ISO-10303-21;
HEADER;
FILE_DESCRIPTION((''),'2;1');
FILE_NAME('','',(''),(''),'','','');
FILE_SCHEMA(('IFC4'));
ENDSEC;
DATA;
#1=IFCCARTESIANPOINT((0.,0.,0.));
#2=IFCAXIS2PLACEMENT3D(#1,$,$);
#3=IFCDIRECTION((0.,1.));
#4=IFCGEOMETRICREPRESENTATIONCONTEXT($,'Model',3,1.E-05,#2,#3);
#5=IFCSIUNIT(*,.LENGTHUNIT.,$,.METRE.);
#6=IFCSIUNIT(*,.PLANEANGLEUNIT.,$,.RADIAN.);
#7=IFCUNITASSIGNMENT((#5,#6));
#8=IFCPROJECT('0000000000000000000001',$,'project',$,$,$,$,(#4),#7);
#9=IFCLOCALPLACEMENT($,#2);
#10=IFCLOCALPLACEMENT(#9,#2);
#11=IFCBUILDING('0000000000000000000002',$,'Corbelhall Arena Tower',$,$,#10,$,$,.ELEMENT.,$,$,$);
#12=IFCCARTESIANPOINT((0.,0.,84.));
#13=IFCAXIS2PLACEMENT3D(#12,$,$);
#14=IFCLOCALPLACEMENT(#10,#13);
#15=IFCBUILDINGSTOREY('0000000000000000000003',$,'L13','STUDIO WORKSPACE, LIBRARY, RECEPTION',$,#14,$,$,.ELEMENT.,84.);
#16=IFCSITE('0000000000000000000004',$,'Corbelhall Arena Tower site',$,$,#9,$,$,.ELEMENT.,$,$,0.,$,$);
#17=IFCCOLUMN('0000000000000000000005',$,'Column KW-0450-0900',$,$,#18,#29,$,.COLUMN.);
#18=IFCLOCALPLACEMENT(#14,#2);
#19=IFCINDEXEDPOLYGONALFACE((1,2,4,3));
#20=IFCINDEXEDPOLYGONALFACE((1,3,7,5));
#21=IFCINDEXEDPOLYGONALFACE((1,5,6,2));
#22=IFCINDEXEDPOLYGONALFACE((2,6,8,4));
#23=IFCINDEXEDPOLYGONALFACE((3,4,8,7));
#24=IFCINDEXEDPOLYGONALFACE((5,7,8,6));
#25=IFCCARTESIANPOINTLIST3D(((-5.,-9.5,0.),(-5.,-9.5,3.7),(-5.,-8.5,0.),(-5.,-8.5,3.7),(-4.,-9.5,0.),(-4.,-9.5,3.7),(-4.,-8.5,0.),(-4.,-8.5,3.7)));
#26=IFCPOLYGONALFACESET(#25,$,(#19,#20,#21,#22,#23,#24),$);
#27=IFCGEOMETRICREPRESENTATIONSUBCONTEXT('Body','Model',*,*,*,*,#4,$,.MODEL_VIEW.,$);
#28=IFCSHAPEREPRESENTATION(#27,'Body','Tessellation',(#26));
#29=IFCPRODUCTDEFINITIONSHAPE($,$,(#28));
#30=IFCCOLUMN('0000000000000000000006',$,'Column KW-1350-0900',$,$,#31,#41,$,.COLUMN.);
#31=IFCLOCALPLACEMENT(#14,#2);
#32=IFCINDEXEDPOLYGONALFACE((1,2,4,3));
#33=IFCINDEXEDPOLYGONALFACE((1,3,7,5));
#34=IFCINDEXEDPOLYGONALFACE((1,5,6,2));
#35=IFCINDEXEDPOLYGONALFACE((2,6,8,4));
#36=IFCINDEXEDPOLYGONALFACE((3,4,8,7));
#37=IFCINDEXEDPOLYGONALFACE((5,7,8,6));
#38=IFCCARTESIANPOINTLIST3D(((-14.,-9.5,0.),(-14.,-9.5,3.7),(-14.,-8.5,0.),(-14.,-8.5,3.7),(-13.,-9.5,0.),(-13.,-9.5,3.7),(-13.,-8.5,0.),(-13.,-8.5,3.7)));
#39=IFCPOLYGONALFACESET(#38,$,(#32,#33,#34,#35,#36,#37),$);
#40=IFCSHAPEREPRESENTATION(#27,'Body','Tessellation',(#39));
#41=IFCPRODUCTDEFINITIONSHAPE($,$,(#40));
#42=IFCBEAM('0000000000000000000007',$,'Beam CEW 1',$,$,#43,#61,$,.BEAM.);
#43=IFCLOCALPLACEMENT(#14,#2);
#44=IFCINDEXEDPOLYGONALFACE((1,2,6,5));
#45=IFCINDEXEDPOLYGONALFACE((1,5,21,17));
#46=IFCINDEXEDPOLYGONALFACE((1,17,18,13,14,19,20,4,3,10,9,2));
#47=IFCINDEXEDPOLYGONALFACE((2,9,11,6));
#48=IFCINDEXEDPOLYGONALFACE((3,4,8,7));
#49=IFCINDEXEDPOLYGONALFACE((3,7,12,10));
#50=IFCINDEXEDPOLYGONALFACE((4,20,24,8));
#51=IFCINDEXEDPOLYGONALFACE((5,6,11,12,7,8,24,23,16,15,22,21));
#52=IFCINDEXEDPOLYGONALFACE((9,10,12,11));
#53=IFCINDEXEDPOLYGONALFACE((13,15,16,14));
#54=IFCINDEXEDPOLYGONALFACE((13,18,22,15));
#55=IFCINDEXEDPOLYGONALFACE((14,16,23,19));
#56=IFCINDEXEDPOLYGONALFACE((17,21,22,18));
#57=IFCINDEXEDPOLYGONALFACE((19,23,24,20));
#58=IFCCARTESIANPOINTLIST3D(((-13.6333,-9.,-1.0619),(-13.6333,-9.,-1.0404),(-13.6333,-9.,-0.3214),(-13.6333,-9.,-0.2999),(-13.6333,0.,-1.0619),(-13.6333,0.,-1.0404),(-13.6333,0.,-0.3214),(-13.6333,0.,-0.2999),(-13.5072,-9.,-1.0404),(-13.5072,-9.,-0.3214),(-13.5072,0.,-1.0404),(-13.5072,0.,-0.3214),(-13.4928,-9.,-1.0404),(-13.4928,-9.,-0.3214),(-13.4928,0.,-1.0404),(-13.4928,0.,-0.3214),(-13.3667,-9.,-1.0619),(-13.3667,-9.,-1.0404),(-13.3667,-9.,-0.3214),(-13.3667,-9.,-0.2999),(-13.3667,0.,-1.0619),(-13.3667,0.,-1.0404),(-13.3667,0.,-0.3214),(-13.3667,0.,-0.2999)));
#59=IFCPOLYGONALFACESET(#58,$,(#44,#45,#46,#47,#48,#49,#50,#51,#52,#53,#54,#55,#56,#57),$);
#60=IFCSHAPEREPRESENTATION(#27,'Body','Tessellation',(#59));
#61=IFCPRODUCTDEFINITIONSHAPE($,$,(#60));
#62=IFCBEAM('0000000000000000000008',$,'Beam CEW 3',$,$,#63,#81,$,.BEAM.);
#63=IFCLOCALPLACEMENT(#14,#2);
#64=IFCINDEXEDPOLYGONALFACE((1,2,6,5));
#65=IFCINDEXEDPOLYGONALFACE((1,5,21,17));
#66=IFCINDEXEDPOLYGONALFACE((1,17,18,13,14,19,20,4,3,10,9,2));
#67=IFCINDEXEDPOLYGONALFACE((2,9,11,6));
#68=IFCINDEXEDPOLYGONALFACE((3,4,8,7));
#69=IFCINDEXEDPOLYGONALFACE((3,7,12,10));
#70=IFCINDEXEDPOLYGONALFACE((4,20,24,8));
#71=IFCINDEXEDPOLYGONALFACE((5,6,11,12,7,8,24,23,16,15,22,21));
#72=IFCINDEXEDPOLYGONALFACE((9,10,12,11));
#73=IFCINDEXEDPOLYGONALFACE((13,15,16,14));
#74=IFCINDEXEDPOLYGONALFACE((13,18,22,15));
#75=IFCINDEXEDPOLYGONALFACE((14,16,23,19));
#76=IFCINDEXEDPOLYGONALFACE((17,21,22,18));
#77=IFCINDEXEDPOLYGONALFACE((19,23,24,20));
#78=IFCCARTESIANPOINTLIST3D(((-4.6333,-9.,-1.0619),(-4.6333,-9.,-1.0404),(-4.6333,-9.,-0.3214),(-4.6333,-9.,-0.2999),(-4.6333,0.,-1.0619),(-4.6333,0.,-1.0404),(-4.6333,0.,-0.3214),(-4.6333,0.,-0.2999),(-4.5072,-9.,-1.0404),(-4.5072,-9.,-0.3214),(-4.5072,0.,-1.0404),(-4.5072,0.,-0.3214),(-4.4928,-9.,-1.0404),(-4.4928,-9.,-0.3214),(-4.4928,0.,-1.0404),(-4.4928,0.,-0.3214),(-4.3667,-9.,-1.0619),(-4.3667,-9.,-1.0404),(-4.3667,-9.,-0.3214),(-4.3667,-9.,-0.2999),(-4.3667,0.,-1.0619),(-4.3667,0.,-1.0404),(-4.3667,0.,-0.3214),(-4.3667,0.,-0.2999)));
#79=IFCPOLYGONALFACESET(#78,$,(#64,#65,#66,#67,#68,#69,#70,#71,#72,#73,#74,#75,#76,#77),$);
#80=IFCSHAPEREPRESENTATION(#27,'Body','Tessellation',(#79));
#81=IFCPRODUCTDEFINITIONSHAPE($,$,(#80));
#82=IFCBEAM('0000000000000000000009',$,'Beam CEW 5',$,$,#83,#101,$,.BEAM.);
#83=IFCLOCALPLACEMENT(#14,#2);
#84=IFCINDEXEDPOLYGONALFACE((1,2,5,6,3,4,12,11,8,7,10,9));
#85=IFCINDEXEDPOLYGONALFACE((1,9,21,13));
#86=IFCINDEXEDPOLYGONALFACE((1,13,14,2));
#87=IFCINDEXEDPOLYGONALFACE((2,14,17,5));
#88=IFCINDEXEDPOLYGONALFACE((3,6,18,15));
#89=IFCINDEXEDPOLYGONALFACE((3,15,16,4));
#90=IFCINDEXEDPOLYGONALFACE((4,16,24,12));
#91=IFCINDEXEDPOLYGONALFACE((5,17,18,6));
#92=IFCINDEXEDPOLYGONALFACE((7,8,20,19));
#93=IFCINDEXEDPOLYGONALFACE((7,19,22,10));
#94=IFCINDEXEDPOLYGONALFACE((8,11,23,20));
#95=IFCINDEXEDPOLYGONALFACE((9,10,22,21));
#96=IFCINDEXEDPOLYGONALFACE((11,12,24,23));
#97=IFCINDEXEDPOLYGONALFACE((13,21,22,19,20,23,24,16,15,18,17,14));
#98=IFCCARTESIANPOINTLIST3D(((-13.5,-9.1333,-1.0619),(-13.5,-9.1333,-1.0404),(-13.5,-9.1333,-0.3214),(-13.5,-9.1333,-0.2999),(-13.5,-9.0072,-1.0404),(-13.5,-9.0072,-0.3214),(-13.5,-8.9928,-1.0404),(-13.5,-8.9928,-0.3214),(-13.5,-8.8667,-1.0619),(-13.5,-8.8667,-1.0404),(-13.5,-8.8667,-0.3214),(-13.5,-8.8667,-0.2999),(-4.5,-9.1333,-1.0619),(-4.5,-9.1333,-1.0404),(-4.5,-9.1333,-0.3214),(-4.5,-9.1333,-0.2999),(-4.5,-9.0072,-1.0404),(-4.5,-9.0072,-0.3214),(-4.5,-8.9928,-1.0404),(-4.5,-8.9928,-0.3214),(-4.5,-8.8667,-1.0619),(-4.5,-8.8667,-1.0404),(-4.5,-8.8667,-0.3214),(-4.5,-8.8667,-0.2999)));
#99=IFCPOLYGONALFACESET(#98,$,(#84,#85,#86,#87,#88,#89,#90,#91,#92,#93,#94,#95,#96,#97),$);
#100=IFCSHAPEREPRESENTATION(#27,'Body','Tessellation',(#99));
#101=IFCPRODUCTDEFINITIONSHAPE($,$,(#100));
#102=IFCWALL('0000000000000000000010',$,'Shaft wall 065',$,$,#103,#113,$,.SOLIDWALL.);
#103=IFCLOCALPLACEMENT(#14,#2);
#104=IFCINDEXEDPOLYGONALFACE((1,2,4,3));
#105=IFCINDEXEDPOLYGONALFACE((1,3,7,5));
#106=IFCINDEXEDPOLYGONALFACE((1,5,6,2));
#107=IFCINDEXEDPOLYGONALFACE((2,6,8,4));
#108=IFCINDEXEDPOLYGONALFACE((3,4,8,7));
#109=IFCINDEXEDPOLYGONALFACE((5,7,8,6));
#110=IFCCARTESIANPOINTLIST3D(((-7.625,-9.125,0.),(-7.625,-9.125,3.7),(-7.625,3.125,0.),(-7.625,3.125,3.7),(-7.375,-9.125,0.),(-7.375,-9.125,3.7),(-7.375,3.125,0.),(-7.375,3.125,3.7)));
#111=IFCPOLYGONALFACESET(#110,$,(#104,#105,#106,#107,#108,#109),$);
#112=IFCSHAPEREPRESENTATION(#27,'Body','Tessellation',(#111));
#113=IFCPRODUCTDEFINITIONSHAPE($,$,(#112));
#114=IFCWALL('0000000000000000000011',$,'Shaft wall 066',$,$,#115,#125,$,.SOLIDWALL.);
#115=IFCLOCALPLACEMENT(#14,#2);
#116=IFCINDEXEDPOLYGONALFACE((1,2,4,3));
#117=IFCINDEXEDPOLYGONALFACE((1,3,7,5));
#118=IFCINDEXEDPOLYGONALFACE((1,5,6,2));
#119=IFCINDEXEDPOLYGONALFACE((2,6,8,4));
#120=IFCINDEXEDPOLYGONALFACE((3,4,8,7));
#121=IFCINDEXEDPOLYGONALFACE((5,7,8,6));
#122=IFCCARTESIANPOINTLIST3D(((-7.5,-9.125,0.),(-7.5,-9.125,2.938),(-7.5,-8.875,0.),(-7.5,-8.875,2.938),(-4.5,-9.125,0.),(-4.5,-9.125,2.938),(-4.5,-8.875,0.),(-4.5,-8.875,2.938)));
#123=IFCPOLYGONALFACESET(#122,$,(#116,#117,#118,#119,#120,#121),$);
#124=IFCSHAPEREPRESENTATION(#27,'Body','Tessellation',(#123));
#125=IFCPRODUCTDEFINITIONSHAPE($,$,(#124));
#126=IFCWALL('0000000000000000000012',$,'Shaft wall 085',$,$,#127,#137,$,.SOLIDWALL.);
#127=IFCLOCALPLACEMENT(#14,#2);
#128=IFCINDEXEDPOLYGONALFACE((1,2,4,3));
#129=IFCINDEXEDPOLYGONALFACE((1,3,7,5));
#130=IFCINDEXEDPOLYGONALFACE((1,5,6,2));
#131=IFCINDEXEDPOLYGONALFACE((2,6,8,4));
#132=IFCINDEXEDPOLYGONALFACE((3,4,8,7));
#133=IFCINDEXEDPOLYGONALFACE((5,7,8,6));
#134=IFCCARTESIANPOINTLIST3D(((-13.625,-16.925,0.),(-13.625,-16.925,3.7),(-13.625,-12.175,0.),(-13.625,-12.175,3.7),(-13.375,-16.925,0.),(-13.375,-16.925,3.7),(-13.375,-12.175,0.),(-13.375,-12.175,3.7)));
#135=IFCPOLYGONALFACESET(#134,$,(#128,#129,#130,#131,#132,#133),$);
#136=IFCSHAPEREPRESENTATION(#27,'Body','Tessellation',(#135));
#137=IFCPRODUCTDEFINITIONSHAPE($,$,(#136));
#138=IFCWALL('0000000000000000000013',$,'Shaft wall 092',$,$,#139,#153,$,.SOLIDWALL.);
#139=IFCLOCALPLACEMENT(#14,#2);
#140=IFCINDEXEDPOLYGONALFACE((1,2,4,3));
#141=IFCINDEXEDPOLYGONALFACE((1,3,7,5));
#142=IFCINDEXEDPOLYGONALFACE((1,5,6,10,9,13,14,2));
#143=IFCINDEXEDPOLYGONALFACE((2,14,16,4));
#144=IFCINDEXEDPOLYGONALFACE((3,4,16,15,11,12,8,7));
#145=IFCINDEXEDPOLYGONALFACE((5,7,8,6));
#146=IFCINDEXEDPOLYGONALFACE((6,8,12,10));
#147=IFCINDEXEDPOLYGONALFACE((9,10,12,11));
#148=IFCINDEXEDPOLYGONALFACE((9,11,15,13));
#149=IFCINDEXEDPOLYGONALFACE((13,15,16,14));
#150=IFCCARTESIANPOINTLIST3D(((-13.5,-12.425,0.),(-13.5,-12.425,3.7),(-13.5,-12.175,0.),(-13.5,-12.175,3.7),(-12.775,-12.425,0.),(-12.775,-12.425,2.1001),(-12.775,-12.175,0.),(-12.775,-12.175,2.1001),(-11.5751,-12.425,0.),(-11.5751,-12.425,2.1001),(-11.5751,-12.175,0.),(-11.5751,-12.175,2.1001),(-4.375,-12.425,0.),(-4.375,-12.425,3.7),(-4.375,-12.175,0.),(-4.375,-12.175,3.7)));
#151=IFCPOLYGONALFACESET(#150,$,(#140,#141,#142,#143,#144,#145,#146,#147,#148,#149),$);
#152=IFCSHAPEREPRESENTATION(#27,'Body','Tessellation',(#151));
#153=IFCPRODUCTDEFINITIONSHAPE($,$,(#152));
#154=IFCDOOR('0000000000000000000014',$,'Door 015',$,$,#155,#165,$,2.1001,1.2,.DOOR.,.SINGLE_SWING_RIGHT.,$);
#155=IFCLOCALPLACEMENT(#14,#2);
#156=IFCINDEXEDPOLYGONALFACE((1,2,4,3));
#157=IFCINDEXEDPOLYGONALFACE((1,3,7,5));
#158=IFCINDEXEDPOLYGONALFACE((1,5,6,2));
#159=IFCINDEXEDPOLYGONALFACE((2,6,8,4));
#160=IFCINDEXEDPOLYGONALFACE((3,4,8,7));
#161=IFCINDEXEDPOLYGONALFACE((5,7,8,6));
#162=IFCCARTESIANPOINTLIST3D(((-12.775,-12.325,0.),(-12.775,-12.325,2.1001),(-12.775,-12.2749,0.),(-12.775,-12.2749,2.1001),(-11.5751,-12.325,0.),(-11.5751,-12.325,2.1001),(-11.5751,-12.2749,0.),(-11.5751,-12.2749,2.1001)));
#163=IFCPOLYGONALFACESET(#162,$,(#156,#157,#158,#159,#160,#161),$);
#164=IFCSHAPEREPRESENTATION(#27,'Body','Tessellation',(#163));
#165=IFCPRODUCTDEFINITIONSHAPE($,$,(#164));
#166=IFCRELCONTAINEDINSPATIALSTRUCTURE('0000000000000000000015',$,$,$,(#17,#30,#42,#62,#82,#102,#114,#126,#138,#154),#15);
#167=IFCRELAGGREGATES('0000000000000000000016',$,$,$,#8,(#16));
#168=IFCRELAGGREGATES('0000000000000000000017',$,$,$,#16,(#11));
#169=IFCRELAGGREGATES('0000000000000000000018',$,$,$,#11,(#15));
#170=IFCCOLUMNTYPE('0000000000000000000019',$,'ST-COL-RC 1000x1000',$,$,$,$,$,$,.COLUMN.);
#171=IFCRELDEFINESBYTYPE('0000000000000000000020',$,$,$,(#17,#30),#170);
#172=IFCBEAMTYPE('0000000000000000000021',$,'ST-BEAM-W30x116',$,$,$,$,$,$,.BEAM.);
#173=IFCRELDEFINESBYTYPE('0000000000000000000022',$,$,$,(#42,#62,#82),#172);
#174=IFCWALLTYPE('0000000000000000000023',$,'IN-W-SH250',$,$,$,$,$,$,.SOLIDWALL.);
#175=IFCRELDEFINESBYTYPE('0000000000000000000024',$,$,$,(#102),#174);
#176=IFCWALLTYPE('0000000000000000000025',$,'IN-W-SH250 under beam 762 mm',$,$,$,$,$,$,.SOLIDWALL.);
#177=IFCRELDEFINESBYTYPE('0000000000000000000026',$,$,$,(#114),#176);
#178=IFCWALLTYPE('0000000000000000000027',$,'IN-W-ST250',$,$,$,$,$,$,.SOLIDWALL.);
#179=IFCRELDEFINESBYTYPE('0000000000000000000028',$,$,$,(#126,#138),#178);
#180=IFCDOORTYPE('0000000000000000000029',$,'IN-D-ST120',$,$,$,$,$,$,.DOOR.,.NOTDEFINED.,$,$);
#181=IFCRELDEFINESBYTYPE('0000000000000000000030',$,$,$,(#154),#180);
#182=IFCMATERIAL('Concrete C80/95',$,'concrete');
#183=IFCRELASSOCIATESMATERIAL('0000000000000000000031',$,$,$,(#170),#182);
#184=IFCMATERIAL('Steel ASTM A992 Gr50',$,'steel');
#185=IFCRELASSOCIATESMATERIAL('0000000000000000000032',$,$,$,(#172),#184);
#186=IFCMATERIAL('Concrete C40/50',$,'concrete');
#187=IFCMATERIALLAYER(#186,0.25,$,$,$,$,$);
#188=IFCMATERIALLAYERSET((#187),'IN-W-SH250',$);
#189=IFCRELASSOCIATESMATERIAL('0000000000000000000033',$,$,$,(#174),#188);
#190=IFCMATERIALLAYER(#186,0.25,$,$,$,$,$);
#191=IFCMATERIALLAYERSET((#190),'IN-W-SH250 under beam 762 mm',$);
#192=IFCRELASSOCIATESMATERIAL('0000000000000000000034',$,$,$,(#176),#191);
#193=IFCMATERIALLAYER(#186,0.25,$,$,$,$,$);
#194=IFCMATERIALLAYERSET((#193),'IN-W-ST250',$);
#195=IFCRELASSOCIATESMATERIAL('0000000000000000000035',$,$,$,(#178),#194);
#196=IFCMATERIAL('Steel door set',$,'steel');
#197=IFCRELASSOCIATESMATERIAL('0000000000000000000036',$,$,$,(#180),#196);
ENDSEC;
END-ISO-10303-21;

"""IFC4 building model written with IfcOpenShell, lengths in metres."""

from ifc_helpers import new_model, si_unit, direction, frame, frame_2d, origin, origin_2d, place, context, subcontext, project, spatial, rectangle, i_section, extrude, material, layer, layer_set, material_profile, profile_set, type_object, element, fill, save


model = new_model("IFC4")

# Units and contexts
model_context = context("Model", 3, precision=1e-05, world=origin(), true_north=direction((0.0, 1.0)))
body_context = subcontext(model_context, "Body", "Model", "MODEL_VIEW")
ifc_project = project(units=[si_unit("LENGTHUNIT", "METRE"), si_unit("PLANEANGLEUNIT", "RADIAN")], contexts=[model_context])

# Site, building, storey
site_placement = place(None, origin())
site = spatial("IfcSite", under=ifc_project, at=site_placement, Name="Corbelhall Arena Tower site", CompositionType="ELEMENT", RefElevation=0.0)
building_placement = place(site_placement, origin())
building = spatial("IfcBuilding", under=site, at=building_placement, Name="Corbelhall Arena Tower", CompositionType="ELEMENT")
storey_placement = place(building_placement, frame((0.0, 0.0, 84.0)))
storey = spatial("IfcBuildingStorey", under=building, at=storey_placement, Name="L13", Description="STUDIO WORKSPACE, LIBRARY, RECEPTION", CompositionType="ELEMENT", Elevation=84.0)

# Columns
ifc_material_1 = material(Name="Concrete C80/95", Category="concrete")
ifc_material_profile_1 = material_profile(ifc_material_1, rectangle(XDim=1.0, YDim=1.0, at=origin_2d()))
ifc_profile_set_1 = profile_set([ifc_material_profile_1], Name="Concrete C80/95")
column_type = type_object("IfcColumnType", Name="ST-COL-RC 1000x1000", PredefinedType="COLUMN", material=ifc_profile_set_1)
for number, where, z_axis, x_axis, name in (
    (1, (-4.5, -9.0, 0.0), (0.0, 0.0, 1.0), (1.0, 0.0, 0.0), "Column KW-0450-0900"),
    (2, (-13.5, -9.0, 0.0), (0.0, 0.0, 1.0), (1.0, 0.0, 0.0), "Column KW-1350-0900"),
):
    element("IfcColumn", number, at=place(storey_placement, frame(where, z_axis=z_axis, x_axis=x_axis)), inside=storey, type_object=column_type, Name=name, PredefinedType="COLUMN", context=body_context, shape_type="SweptSolid", body=[
        extrude(rectangle(XDim=1.0, YDim=1.0, at=origin_2d()), origin(), (0.0, 0.0, 1.0), 3.7),
    ])

# Beams
ifc_material_2 = material(Name="Steel ASTM A992 Gr50", Category="steel")
ifc_material_profile_2 = material_profile(ifc_material_2, i_section(OverallWidth=0.2666, OverallDepth=0.762, WebThickness=0.0144, FlangeThickness=0.0215, at=origin_2d()))
ifc_profile_set_2 = profile_set([ifc_material_profile_2], Name="Steel ASTM A992 Gr50")
beam_type = type_object("IfcBeamType", Name="ST-BEAM-W30x116", PredefinedType="BEAM", material=ifc_profile_set_2)
for number, where, z_axis, x_axis, name in (
    (3, (-13.5, -9.0, -0.6809), (0.0, 1.0, 0.0), (-1.0, 0.0, 0.0), "Beam CEW 1"),
    (4, (-4.5, -9.0, -0.6809), (0.0, 1.0, 0.0), (-1.0, 0.0, 0.0), "Beam CEW 3"),
    (5, (-13.5, -9.0, -0.6809), (1.0, 0.0, 0.0), (0.0, 1.0, 0.0), "Beam CEW 5"),
):
    element("IfcBeam", number, at=place(storey_placement, frame(where, z_axis=z_axis, x_axis=x_axis)), inside=storey, type_object=beam_type, Name=name, PredefinedType="BEAM", context=body_context, shape_type="SweptSolid", body=[
        extrude(i_section(OverallWidth=0.2666, OverallDepth=0.762, WebThickness=0.0144, FlangeThickness=0.0215, at=origin_2d()), origin(), (0.0, 0.0, 1.0), 9.0),
    ])

# Shared definitions
ifc_material_3 = material(Name="Steel door set", Category="steel")

# Walls
ifc_material_4 = material(Name="Concrete C40/50", Category="concrete")
ifc_layer_1 = layer(ifc_material_4, 0.25)
ifc_layer_set_1 = layer_set([ifc_layer_1], Name="IN-W-SH250")
wall_type_1 = type_object("IfcWallType", Name="IN-W-SH250", PredefinedType="SOLIDWALL", material=ifc_layer_set_1)
wall_1_placement = place(storey_placement, frame((-7.5, -9.125, 0.0), z_axis=(0.0, 0.0, 1.0), x_axis=(0.0, 1.0, 0.0)))
element("IfcWall", 6, at=wall_1_placement, inside=storey, type_object=wall_type_1, Name="Shaft wall 065", PredefinedType="SOLIDWALL", context=body_context, shape_type="SweptSolid", body=[
    extrude(rectangle(XDim=12.25, YDim=0.25, at=frame_2d((6.125, 0.0))), origin(), (0.0, 0.0, 1.0), 3.7),
])
ifc_layer_2 = layer(ifc_material_4, 0.25)
ifc_layer_set_2 = layer_set([ifc_layer_2], Name="IN-W-SH250 under beam 762 mm")
wall_type_2 = type_object("IfcWallType", Name="IN-W-SH250 under beam 762 mm", PredefinedType="SOLIDWALL", material=ifc_layer_set_2)
wall_2_placement = place(storey_placement, frame((-4.5, -9.0, 0.0), z_axis=(0.0, 0.0, 1.0), x_axis=(-1.0, 0.0, 0.0)))
element("IfcWall", 7, at=wall_2_placement, inside=storey, type_object=wall_type_2, Name="Shaft wall 066", PredefinedType="SOLIDWALL", context=body_context, shape_type="SweptSolid", body=[
    extrude(rectangle(XDim=3.0, YDim=0.25, at=frame_2d((1.5, 0.0))), origin(), (0.0, 0.0, 1.0), 2.938),
])
ifc_layer_3 = layer(ifc_material_4, 0.25)
ifc_layer_set_3 = layer_set([ifc_layer_3], Name="IN-W-ST250")
wall_type_3 = type_object("IfcWallType", Name="IN-W-ST250", PredefinedType="SOLIDWALL", material=ifc_layer_set_3)
wall_3_placement = place(storey_placement, frame((-13.5, -12.175, 0.0), z_axis=(0.0, 0.0, 1.0), x_axis=(0.0, -1.0, 0.0)))
element("IfcWall", 8, at=wall_3_placement, inside=storey, type_object=wall_type_3, Name="Shaft wall 085", PredefinedType="SOLIDWALL", context=body_context, shape_type="SweptSolid", body=[
    extrude(rectangle(XDim=4.75, YDim=0.25, at=frame_2d((2.375, 0.0))), origin(), (0.0, 0.0, 1.0), 3.7),
])

# Wall, opening, door
wall_4_placement = place(storey_placement, frame((-4.375, -12.3, 0.0), z_axis=(0.0, 0.0, 1.0), x_axis=(-1.0, 0.0, 0.0)))
wall_4 = element("IfcWall", 9, at=wall_4_placement, inside=storey, type_object=wall_type_3, Name="Shaft wall 092", PredefinedType="SOLIDWALL", context=body_context, shape_type="SweptSolid", body=[
    extrude(rectangle(XDim=9.125, YDim=0.25, at=frame_2d((4.5625, 0.0))), origin(), (0.0, 0.0, 1.0), 3.7),
])
opening_1_placement = place(wall_4_placement, frame((7.2, 0.0, 0.0)))
opening_1 = element("IfcOpeningElement", 10, at=opening_1_placement, cuts=wall_4, PredefinedType="OPENING", context=body_context, shape_type="SweptSolid", body=[
    extrude(rectangle(XDim=1.2, YDim=2.1001, at=frame_2d((0.6001, 1.05))), frame((0.0, 0.125, 0.0), z_axis=(0.0, -1.0, 0.0), x_axis=(1.0, 0.0, 0.0)), (0.0, 0.0, 1.0), 0.25),
])
door_type_1 = type_object("IfcDoorType", Name="IN-D-ST120", OperationType="NOTDEFINED", PredefinedType="DOOR", material=ifc_material_3)
door_1_placement = place(opening_1_placement, origin())
door_1 = element("IfcDoor", 11, at=door_1_placement, inside=storey, type_object=door_type_1, Name="Door 015", OperationType="SINGLE_SWING_RIGHT", OverallHeight=2.1001, OverallWidth=1.2, PredefinedType="DOOR", context=body_context, shape_type="SweptSolid", body=[
    extrude(rectangle(XDim=1.2, YDim=2.1001, at=frame_2d((0.6001, 1.05))), frame((0.0, 0.0249, 0.0), z_axis=(0.0, -1.0, 0.0), x_axis=(1.0, 0.0, 0.0)), (0.0, 0.0, 1.0), 0.05),
])
fill(opening_1, door_1)

save(model, "model.ifc")
